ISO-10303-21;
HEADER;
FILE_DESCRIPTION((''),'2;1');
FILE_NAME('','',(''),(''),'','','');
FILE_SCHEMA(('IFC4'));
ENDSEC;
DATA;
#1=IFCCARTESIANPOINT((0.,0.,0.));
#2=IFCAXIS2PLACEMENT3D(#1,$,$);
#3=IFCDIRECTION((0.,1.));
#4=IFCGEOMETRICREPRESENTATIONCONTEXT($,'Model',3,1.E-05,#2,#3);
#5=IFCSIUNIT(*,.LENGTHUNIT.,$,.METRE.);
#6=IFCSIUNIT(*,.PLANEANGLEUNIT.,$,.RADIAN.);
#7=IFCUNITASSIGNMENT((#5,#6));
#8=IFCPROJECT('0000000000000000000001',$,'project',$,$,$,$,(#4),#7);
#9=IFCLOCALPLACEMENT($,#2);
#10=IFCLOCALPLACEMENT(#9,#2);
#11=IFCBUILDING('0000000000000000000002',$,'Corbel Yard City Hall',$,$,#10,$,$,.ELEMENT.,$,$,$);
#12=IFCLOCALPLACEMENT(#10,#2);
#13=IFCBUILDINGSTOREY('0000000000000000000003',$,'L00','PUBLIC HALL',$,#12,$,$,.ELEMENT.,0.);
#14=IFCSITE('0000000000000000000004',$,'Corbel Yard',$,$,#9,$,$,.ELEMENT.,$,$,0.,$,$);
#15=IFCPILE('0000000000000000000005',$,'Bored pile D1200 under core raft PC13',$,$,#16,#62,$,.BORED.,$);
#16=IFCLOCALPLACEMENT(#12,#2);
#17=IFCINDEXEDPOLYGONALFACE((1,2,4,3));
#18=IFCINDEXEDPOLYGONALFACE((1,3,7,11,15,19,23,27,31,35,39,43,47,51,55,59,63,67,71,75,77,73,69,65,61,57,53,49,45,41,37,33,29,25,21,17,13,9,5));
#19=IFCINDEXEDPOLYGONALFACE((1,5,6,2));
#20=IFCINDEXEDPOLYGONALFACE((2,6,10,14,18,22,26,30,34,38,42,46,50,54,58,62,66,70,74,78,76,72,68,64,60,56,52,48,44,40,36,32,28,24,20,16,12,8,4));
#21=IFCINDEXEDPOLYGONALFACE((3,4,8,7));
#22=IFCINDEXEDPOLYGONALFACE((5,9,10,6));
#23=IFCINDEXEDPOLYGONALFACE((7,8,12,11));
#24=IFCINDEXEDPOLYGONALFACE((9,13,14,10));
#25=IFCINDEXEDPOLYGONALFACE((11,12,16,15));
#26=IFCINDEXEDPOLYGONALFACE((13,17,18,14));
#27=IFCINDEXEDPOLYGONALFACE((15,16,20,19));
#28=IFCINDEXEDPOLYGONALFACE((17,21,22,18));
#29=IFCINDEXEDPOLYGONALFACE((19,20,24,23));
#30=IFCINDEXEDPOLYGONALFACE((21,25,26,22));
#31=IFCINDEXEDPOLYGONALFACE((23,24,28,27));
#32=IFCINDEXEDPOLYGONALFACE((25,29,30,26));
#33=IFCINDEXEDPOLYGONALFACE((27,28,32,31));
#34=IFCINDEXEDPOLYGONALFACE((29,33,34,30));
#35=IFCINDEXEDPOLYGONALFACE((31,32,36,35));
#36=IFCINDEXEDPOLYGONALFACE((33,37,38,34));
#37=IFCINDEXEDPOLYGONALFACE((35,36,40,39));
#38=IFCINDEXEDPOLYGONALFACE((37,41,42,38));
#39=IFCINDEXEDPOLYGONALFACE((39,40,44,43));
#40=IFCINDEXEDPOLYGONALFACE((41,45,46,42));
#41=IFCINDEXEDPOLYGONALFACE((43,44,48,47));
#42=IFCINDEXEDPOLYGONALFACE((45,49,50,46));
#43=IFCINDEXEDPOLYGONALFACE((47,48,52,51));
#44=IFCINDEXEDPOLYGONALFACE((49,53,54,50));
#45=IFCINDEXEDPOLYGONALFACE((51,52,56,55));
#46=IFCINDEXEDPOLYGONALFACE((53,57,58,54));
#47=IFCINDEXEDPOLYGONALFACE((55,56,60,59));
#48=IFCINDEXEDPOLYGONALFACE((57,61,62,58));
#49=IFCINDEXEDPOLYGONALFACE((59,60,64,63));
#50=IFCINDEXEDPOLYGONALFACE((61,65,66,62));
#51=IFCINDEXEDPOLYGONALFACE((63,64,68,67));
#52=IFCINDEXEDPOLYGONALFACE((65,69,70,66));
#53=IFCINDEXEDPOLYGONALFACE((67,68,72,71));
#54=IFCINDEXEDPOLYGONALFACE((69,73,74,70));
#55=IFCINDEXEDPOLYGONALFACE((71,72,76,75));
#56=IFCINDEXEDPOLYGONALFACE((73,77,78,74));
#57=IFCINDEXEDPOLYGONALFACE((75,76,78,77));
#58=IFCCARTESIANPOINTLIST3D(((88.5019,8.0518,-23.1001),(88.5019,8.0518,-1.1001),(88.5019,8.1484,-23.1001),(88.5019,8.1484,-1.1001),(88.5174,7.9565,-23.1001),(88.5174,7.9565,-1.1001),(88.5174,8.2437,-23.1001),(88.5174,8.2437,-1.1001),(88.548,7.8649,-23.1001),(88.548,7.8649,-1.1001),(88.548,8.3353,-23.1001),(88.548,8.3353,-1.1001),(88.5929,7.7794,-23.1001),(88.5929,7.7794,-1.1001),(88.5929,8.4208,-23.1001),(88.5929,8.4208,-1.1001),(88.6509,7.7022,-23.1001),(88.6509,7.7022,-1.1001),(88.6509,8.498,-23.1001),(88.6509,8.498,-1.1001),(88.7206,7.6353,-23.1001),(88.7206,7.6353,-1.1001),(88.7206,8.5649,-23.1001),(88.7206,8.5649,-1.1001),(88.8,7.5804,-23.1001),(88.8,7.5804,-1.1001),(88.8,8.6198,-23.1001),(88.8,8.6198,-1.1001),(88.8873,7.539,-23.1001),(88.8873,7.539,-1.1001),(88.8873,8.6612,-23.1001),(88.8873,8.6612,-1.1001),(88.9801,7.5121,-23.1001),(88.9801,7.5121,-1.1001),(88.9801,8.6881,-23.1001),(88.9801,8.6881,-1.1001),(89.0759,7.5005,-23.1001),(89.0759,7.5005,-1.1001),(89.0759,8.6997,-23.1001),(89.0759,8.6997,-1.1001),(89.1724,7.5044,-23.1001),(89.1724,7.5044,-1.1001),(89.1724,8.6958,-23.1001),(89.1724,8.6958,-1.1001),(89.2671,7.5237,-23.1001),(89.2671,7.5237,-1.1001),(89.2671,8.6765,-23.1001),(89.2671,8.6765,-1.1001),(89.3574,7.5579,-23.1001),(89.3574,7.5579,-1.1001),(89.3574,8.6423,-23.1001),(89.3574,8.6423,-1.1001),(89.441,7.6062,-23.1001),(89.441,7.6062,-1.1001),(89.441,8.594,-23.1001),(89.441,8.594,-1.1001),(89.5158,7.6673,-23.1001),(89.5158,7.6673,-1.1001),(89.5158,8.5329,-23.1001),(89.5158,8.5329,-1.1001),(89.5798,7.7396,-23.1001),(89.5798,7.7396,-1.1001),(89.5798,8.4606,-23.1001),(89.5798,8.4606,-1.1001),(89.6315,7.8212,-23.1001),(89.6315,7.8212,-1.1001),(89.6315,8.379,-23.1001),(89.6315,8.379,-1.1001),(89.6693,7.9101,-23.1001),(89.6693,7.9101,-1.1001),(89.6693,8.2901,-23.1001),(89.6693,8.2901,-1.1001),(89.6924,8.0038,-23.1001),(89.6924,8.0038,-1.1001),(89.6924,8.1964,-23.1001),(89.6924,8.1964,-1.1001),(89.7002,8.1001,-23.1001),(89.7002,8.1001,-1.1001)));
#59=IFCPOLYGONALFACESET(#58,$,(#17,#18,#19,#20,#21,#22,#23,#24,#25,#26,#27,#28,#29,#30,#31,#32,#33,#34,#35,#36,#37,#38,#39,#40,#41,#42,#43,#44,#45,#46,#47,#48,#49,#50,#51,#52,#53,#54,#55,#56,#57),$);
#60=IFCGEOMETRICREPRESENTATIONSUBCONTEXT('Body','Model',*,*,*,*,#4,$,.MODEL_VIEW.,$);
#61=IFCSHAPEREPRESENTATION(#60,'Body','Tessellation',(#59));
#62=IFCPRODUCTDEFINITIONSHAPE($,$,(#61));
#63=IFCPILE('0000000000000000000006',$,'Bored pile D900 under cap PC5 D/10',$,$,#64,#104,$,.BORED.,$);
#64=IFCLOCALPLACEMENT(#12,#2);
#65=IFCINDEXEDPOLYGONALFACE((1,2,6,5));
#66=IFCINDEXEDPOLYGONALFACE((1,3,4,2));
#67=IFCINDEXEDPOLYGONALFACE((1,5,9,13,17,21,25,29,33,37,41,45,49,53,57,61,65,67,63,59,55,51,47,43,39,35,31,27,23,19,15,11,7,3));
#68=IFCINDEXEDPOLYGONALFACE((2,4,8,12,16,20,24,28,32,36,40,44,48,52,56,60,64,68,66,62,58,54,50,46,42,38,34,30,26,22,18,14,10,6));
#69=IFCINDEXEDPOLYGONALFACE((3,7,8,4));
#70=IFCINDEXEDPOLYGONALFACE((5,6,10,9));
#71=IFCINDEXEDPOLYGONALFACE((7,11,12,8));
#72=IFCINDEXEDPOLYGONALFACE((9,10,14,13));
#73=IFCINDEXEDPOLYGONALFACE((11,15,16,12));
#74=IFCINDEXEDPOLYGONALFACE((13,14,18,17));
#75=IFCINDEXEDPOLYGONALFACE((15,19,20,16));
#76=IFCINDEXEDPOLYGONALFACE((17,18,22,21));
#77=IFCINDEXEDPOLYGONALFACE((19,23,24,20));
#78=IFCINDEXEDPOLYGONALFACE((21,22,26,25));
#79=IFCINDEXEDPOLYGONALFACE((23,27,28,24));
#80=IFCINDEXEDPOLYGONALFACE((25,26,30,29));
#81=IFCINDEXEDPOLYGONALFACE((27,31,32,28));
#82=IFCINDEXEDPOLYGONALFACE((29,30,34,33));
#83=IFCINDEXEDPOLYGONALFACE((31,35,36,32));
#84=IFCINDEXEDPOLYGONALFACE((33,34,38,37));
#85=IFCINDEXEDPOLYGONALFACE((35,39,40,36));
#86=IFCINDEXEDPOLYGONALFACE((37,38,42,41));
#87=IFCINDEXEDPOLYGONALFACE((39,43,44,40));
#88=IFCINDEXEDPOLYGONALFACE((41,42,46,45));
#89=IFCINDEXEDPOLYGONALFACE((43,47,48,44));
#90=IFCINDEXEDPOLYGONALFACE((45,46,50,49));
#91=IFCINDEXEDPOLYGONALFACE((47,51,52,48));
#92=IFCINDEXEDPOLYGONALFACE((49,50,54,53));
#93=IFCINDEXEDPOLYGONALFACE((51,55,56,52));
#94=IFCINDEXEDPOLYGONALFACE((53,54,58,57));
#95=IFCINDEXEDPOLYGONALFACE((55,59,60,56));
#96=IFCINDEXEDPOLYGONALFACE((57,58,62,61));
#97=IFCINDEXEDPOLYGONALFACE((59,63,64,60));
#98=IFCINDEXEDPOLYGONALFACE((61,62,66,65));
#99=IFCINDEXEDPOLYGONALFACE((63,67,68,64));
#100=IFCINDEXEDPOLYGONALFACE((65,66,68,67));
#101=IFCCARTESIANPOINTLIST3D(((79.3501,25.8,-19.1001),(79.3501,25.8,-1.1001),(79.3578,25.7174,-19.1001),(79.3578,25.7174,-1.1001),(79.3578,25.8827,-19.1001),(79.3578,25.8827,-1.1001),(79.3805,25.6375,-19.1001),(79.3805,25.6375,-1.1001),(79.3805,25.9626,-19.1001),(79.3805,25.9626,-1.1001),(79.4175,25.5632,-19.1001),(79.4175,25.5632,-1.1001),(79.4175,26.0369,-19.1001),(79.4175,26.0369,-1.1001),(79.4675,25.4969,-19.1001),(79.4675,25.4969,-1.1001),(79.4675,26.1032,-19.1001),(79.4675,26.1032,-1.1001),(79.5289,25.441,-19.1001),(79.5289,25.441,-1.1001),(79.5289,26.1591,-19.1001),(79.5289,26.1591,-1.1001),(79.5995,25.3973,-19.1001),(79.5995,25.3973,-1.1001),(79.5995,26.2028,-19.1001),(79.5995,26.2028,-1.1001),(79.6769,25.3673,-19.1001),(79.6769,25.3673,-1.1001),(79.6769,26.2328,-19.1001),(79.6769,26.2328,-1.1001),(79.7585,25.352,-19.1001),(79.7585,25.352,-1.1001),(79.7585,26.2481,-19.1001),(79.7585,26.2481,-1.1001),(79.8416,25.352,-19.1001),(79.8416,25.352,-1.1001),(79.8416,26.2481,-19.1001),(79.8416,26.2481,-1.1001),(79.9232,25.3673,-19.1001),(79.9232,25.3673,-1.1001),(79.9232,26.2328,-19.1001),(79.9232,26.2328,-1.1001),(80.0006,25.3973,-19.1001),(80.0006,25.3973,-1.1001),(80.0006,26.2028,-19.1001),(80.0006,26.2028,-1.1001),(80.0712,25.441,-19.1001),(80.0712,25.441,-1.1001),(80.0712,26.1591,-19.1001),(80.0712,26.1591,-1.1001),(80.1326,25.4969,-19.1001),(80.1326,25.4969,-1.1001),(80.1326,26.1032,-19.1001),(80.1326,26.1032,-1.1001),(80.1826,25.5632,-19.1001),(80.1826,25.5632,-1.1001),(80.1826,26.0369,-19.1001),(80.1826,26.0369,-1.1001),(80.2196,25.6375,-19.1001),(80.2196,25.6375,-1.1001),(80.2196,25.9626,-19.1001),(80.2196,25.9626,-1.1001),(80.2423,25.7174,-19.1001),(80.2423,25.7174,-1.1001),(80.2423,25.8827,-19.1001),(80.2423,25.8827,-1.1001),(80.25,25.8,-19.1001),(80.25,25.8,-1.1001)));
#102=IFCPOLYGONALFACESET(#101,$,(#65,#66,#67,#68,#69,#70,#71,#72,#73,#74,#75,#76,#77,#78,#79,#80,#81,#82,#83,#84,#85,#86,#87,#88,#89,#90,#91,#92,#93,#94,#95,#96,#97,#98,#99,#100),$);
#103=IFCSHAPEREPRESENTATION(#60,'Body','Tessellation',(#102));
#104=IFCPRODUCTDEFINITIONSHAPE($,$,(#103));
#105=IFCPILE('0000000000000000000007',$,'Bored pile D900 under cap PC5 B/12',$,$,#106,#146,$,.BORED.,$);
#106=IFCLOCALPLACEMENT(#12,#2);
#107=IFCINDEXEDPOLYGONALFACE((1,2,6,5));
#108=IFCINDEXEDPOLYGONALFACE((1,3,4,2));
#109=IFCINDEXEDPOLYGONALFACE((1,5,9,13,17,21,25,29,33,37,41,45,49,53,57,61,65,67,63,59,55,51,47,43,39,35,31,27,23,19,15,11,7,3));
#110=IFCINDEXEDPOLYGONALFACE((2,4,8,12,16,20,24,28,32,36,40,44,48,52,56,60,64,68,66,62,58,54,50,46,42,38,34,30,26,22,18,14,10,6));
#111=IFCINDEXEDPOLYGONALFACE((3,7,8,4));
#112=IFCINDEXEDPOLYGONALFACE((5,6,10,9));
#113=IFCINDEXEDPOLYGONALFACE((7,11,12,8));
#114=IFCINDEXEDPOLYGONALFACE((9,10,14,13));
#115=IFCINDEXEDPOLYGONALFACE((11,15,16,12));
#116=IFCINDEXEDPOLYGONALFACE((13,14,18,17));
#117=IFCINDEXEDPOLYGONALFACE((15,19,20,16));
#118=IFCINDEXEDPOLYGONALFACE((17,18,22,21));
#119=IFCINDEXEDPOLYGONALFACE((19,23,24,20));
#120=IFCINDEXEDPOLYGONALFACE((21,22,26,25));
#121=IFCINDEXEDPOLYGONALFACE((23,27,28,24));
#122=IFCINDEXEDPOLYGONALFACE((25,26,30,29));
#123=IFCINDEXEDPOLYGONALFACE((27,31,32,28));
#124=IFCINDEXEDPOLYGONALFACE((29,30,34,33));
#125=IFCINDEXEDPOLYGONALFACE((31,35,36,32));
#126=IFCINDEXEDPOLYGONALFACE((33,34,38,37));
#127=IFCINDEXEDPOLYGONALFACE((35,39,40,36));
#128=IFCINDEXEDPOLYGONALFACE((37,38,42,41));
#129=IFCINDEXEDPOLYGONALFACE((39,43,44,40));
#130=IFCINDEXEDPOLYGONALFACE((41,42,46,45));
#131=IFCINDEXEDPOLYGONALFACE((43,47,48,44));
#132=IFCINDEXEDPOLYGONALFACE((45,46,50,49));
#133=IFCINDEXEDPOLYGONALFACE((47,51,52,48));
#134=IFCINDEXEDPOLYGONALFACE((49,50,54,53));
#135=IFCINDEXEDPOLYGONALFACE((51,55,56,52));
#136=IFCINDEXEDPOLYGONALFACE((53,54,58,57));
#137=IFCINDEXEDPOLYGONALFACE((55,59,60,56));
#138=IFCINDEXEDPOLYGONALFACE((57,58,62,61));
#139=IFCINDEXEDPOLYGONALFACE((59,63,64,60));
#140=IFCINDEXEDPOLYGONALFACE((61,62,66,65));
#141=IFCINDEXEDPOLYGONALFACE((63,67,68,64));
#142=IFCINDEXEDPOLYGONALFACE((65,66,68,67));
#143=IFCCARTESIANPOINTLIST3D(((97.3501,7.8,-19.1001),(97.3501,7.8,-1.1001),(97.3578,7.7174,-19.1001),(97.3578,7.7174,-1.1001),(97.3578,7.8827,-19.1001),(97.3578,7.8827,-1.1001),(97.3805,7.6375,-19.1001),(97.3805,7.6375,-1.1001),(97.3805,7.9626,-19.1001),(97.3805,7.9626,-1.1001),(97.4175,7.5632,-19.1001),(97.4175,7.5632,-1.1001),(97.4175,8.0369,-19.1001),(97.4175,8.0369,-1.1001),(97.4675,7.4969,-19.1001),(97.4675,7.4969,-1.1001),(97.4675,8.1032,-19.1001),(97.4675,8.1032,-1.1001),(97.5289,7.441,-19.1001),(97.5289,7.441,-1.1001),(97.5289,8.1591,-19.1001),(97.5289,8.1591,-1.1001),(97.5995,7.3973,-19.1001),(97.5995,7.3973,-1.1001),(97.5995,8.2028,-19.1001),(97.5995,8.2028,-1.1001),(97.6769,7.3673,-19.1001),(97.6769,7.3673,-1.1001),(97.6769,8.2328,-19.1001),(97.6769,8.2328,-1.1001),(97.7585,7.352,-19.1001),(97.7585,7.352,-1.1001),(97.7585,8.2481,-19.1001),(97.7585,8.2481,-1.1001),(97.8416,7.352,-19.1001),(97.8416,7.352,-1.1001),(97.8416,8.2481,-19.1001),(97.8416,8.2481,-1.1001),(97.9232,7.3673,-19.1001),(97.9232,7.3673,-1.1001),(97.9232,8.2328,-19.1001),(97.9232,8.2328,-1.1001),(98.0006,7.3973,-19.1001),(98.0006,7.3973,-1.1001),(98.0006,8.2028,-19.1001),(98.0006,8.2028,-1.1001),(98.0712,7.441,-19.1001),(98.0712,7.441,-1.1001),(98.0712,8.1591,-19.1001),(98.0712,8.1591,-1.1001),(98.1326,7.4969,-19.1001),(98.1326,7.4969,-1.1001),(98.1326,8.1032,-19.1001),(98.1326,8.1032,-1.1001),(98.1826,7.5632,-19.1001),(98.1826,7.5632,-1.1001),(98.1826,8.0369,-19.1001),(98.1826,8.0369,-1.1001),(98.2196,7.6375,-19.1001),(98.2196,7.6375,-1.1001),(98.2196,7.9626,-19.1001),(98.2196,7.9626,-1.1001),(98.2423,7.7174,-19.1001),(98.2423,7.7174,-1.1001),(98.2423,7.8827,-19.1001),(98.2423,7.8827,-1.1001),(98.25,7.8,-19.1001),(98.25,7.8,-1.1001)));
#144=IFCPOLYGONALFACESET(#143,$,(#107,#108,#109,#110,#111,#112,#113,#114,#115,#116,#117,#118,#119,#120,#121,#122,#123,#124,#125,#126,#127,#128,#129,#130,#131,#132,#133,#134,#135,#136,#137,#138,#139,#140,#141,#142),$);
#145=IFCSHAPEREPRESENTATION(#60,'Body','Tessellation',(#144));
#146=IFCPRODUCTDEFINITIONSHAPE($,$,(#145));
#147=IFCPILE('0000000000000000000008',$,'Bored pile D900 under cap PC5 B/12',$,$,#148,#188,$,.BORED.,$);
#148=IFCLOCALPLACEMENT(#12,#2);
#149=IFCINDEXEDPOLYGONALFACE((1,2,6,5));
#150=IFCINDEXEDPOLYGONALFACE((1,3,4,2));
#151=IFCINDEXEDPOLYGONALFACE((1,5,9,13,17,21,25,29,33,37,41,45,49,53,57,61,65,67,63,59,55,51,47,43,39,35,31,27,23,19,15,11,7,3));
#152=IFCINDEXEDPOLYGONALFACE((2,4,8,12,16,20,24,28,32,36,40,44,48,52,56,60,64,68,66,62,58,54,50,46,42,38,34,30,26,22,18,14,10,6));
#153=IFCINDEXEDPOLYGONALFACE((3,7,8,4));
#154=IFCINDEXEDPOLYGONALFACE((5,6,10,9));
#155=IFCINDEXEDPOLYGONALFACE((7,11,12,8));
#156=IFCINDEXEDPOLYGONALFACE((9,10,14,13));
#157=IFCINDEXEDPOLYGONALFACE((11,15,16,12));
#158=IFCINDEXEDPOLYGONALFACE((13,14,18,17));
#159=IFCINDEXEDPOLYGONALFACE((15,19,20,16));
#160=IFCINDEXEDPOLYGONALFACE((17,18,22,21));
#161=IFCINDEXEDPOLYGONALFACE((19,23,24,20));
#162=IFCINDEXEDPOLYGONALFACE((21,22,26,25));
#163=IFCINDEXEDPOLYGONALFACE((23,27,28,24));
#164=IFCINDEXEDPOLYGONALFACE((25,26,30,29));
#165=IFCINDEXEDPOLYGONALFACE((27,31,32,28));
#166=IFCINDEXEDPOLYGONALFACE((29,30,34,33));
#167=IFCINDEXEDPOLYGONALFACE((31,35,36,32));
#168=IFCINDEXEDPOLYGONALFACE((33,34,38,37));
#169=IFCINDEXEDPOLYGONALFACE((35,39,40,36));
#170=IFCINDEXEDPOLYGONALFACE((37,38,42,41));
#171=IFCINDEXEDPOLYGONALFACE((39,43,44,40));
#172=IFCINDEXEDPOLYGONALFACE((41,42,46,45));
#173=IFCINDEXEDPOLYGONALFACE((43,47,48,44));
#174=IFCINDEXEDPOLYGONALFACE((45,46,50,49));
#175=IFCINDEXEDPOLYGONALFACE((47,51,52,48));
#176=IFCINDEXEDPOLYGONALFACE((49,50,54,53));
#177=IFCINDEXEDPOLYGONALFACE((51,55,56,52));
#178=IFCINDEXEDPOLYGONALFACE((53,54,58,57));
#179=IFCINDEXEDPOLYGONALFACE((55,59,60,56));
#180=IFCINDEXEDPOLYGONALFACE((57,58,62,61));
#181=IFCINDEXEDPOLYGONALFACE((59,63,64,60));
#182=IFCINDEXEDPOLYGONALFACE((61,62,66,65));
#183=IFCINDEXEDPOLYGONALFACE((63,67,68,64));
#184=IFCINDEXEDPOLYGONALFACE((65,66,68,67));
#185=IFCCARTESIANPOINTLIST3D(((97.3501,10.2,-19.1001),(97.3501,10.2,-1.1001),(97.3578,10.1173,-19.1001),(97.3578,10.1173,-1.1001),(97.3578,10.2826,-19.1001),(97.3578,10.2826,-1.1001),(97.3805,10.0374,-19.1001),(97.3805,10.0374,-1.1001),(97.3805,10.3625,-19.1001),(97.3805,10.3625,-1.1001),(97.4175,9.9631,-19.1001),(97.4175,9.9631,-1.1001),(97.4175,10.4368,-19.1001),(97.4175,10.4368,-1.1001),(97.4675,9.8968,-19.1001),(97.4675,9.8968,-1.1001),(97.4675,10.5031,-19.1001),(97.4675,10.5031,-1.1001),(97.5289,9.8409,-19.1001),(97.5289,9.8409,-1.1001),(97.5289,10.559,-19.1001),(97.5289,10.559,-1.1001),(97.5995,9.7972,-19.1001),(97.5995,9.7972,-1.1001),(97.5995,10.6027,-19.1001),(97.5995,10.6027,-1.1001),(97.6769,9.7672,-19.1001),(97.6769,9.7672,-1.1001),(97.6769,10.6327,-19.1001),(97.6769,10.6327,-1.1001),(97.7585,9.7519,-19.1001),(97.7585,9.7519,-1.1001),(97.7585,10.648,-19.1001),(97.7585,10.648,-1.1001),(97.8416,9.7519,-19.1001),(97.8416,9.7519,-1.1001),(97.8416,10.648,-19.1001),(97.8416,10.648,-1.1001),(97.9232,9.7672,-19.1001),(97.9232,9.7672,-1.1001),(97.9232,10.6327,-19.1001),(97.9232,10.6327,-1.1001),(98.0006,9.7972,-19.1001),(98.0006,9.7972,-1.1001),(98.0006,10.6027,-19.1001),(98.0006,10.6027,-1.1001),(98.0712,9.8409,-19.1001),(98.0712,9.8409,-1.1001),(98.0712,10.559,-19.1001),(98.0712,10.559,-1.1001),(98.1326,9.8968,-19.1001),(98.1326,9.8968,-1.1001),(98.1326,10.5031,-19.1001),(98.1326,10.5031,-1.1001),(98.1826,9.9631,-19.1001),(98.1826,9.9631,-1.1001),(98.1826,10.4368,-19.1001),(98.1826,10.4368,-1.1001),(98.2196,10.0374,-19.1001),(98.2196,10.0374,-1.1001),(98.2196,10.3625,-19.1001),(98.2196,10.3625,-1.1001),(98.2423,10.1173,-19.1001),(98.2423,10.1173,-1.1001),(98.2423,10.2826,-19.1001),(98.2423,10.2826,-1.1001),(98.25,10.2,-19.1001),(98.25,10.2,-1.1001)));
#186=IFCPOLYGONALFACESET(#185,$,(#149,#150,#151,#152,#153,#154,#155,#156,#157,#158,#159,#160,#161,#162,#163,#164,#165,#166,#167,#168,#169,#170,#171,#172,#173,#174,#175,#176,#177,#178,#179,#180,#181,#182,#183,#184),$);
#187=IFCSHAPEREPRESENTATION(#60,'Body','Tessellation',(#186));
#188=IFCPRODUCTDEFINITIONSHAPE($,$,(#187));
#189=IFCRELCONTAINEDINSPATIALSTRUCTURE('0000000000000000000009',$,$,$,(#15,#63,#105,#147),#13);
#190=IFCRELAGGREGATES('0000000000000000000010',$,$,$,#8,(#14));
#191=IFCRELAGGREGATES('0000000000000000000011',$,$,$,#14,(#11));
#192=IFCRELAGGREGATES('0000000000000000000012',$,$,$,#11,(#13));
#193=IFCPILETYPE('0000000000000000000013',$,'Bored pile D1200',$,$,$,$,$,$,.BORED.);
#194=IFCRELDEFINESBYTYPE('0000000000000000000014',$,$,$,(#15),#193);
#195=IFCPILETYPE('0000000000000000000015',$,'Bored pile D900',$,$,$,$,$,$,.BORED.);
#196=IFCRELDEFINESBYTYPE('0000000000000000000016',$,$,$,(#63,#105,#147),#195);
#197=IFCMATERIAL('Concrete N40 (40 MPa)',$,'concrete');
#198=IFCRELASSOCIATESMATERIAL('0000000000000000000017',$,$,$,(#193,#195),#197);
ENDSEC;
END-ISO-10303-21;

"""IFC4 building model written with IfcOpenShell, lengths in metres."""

from ifc_helpers import new_model, si_unit, direction, frame, origin, origin_2d, place, context, subcontext, project, spatial, circle, extrude, material, material_profile, profile_set, type_object, element, save


model = new_model("IFC4")

# Units and contexts
model_context = context("Model", 3, precision=1e-05, world=origin(), true_north=direction((0.0, 1.0)))
body_context = subcontext(model_context, "Body", "Model", "MODEL_VIEW")
ifc_project = project(units=[si_unit("LENGTHUNIT", "METRE"), si_unit("PLANEANGLEUNIT", "RADIAN")], contexts=[model_context])

# Site, building, storey
site_placement = place(None, origin())
site = spatial("IfcSite", under=ifc_project, at=site_placement, Name="Corbel Yard", CompositionType="ELEMENT", RefElevation=0.0)
building_placement = place(site_placement, origin())
building = spatial("IfcBuilding", under=site, at=building_placement, Name="Corbel Yard City Hall", CompositionType="ELEMENT")
storey_placement = place(building_placement, origin())
storey = spatial("IfcBuildingStorey", under=building, at=storey_placement, Name="L00", Description="PUBLIC HALL", CompositionType="ELEMENT", Elevation=0.0)

# Piles
ifc_material_1 = material(Name="Concrete N40 (40 MPa)", Category="concrete")
ifc_material_profile_1 = material_profile(ifc_material_1, circle(Radius=0.6001, at=origin_2d()), Name="D1200")
ifc_profile_set_1 = profile_set([ifc_material_profile_1], Name="Concrete N40 (40 MPa)")
pile_type_1 = type_object("IfcPileType", Name="Bored pile D1200", PredefinedType="BORED", material=ifc_profile_set_1)
for number, where, z_axis, x_axis, name in (
    (1, (89.1001, 8.1001, -1.1001), (0.0, 0.0, -1.0), (1.0, 0.0, 0.0), "Bored pile D1200 under core raft PC13"),
):
    element("IfcPile", number, at=place(storey_placement, frame(where, z_axis=z_axis, x_axis=x_axis)), inside=storey, type_object=pile_type_1, Name=name, PredefinedType="BORED", context=body_context, shape_type="SweptSolid", body=[
        extrude(circle(Radius=0.6001, at=origin_2d()), origin(), (0.0, 0.0, 1.0), 22.0),
    ])
ifc_material_profile_2 = material_profile(ifc_material_1, circle(Radius=0.45, at=origin_2d()), Name="D900")
ifc_profile_set_2 = profile_set([ifc_material_profile_2], Name="Concrete N40 (40 MPa)")
pile_type_2 = type_object("IfcPileType", Name="Bored pile D900", PredefinedType="BORED", material=ifc_profile_set_2)
for number, where, z_axis, x_axis, name in (
    (2, (79.8, 25.8, -1.1001), (0.0, 0.0, -1.0), (1.0, 0.0, 0.0), "Bored pile D900 under cap PC5 D/10"),
    (3, (97.8, 7.8, -1.1001), (0.0, 0.0, -1.0), (1.0, 0.0, 0.0), "Bored pile D900 under cap PC5 B/12"),
    (4, (97.8, 10.2, -1.1001), (0.0, 0.0, -1.0), (1.0, 0.0, 0.0), "Bored pile D900 under cap PC5 B/12"),
):
    element("IfcPile", number, at=place(storey_placement, frame(where, z_axis=z_axis, x_axis=x_axis)), inside=storey, type_object=pile_type_2, Name=name, PredefinedType="BORED", context=body_context, shape_type="SweptSolid", body=[
        extrude(circle(Radius=0.45, at=origin_2d()), origin(), (0.0, 0.0, 1.0), 18.0),
    ])

save(model, "model.ifc")
